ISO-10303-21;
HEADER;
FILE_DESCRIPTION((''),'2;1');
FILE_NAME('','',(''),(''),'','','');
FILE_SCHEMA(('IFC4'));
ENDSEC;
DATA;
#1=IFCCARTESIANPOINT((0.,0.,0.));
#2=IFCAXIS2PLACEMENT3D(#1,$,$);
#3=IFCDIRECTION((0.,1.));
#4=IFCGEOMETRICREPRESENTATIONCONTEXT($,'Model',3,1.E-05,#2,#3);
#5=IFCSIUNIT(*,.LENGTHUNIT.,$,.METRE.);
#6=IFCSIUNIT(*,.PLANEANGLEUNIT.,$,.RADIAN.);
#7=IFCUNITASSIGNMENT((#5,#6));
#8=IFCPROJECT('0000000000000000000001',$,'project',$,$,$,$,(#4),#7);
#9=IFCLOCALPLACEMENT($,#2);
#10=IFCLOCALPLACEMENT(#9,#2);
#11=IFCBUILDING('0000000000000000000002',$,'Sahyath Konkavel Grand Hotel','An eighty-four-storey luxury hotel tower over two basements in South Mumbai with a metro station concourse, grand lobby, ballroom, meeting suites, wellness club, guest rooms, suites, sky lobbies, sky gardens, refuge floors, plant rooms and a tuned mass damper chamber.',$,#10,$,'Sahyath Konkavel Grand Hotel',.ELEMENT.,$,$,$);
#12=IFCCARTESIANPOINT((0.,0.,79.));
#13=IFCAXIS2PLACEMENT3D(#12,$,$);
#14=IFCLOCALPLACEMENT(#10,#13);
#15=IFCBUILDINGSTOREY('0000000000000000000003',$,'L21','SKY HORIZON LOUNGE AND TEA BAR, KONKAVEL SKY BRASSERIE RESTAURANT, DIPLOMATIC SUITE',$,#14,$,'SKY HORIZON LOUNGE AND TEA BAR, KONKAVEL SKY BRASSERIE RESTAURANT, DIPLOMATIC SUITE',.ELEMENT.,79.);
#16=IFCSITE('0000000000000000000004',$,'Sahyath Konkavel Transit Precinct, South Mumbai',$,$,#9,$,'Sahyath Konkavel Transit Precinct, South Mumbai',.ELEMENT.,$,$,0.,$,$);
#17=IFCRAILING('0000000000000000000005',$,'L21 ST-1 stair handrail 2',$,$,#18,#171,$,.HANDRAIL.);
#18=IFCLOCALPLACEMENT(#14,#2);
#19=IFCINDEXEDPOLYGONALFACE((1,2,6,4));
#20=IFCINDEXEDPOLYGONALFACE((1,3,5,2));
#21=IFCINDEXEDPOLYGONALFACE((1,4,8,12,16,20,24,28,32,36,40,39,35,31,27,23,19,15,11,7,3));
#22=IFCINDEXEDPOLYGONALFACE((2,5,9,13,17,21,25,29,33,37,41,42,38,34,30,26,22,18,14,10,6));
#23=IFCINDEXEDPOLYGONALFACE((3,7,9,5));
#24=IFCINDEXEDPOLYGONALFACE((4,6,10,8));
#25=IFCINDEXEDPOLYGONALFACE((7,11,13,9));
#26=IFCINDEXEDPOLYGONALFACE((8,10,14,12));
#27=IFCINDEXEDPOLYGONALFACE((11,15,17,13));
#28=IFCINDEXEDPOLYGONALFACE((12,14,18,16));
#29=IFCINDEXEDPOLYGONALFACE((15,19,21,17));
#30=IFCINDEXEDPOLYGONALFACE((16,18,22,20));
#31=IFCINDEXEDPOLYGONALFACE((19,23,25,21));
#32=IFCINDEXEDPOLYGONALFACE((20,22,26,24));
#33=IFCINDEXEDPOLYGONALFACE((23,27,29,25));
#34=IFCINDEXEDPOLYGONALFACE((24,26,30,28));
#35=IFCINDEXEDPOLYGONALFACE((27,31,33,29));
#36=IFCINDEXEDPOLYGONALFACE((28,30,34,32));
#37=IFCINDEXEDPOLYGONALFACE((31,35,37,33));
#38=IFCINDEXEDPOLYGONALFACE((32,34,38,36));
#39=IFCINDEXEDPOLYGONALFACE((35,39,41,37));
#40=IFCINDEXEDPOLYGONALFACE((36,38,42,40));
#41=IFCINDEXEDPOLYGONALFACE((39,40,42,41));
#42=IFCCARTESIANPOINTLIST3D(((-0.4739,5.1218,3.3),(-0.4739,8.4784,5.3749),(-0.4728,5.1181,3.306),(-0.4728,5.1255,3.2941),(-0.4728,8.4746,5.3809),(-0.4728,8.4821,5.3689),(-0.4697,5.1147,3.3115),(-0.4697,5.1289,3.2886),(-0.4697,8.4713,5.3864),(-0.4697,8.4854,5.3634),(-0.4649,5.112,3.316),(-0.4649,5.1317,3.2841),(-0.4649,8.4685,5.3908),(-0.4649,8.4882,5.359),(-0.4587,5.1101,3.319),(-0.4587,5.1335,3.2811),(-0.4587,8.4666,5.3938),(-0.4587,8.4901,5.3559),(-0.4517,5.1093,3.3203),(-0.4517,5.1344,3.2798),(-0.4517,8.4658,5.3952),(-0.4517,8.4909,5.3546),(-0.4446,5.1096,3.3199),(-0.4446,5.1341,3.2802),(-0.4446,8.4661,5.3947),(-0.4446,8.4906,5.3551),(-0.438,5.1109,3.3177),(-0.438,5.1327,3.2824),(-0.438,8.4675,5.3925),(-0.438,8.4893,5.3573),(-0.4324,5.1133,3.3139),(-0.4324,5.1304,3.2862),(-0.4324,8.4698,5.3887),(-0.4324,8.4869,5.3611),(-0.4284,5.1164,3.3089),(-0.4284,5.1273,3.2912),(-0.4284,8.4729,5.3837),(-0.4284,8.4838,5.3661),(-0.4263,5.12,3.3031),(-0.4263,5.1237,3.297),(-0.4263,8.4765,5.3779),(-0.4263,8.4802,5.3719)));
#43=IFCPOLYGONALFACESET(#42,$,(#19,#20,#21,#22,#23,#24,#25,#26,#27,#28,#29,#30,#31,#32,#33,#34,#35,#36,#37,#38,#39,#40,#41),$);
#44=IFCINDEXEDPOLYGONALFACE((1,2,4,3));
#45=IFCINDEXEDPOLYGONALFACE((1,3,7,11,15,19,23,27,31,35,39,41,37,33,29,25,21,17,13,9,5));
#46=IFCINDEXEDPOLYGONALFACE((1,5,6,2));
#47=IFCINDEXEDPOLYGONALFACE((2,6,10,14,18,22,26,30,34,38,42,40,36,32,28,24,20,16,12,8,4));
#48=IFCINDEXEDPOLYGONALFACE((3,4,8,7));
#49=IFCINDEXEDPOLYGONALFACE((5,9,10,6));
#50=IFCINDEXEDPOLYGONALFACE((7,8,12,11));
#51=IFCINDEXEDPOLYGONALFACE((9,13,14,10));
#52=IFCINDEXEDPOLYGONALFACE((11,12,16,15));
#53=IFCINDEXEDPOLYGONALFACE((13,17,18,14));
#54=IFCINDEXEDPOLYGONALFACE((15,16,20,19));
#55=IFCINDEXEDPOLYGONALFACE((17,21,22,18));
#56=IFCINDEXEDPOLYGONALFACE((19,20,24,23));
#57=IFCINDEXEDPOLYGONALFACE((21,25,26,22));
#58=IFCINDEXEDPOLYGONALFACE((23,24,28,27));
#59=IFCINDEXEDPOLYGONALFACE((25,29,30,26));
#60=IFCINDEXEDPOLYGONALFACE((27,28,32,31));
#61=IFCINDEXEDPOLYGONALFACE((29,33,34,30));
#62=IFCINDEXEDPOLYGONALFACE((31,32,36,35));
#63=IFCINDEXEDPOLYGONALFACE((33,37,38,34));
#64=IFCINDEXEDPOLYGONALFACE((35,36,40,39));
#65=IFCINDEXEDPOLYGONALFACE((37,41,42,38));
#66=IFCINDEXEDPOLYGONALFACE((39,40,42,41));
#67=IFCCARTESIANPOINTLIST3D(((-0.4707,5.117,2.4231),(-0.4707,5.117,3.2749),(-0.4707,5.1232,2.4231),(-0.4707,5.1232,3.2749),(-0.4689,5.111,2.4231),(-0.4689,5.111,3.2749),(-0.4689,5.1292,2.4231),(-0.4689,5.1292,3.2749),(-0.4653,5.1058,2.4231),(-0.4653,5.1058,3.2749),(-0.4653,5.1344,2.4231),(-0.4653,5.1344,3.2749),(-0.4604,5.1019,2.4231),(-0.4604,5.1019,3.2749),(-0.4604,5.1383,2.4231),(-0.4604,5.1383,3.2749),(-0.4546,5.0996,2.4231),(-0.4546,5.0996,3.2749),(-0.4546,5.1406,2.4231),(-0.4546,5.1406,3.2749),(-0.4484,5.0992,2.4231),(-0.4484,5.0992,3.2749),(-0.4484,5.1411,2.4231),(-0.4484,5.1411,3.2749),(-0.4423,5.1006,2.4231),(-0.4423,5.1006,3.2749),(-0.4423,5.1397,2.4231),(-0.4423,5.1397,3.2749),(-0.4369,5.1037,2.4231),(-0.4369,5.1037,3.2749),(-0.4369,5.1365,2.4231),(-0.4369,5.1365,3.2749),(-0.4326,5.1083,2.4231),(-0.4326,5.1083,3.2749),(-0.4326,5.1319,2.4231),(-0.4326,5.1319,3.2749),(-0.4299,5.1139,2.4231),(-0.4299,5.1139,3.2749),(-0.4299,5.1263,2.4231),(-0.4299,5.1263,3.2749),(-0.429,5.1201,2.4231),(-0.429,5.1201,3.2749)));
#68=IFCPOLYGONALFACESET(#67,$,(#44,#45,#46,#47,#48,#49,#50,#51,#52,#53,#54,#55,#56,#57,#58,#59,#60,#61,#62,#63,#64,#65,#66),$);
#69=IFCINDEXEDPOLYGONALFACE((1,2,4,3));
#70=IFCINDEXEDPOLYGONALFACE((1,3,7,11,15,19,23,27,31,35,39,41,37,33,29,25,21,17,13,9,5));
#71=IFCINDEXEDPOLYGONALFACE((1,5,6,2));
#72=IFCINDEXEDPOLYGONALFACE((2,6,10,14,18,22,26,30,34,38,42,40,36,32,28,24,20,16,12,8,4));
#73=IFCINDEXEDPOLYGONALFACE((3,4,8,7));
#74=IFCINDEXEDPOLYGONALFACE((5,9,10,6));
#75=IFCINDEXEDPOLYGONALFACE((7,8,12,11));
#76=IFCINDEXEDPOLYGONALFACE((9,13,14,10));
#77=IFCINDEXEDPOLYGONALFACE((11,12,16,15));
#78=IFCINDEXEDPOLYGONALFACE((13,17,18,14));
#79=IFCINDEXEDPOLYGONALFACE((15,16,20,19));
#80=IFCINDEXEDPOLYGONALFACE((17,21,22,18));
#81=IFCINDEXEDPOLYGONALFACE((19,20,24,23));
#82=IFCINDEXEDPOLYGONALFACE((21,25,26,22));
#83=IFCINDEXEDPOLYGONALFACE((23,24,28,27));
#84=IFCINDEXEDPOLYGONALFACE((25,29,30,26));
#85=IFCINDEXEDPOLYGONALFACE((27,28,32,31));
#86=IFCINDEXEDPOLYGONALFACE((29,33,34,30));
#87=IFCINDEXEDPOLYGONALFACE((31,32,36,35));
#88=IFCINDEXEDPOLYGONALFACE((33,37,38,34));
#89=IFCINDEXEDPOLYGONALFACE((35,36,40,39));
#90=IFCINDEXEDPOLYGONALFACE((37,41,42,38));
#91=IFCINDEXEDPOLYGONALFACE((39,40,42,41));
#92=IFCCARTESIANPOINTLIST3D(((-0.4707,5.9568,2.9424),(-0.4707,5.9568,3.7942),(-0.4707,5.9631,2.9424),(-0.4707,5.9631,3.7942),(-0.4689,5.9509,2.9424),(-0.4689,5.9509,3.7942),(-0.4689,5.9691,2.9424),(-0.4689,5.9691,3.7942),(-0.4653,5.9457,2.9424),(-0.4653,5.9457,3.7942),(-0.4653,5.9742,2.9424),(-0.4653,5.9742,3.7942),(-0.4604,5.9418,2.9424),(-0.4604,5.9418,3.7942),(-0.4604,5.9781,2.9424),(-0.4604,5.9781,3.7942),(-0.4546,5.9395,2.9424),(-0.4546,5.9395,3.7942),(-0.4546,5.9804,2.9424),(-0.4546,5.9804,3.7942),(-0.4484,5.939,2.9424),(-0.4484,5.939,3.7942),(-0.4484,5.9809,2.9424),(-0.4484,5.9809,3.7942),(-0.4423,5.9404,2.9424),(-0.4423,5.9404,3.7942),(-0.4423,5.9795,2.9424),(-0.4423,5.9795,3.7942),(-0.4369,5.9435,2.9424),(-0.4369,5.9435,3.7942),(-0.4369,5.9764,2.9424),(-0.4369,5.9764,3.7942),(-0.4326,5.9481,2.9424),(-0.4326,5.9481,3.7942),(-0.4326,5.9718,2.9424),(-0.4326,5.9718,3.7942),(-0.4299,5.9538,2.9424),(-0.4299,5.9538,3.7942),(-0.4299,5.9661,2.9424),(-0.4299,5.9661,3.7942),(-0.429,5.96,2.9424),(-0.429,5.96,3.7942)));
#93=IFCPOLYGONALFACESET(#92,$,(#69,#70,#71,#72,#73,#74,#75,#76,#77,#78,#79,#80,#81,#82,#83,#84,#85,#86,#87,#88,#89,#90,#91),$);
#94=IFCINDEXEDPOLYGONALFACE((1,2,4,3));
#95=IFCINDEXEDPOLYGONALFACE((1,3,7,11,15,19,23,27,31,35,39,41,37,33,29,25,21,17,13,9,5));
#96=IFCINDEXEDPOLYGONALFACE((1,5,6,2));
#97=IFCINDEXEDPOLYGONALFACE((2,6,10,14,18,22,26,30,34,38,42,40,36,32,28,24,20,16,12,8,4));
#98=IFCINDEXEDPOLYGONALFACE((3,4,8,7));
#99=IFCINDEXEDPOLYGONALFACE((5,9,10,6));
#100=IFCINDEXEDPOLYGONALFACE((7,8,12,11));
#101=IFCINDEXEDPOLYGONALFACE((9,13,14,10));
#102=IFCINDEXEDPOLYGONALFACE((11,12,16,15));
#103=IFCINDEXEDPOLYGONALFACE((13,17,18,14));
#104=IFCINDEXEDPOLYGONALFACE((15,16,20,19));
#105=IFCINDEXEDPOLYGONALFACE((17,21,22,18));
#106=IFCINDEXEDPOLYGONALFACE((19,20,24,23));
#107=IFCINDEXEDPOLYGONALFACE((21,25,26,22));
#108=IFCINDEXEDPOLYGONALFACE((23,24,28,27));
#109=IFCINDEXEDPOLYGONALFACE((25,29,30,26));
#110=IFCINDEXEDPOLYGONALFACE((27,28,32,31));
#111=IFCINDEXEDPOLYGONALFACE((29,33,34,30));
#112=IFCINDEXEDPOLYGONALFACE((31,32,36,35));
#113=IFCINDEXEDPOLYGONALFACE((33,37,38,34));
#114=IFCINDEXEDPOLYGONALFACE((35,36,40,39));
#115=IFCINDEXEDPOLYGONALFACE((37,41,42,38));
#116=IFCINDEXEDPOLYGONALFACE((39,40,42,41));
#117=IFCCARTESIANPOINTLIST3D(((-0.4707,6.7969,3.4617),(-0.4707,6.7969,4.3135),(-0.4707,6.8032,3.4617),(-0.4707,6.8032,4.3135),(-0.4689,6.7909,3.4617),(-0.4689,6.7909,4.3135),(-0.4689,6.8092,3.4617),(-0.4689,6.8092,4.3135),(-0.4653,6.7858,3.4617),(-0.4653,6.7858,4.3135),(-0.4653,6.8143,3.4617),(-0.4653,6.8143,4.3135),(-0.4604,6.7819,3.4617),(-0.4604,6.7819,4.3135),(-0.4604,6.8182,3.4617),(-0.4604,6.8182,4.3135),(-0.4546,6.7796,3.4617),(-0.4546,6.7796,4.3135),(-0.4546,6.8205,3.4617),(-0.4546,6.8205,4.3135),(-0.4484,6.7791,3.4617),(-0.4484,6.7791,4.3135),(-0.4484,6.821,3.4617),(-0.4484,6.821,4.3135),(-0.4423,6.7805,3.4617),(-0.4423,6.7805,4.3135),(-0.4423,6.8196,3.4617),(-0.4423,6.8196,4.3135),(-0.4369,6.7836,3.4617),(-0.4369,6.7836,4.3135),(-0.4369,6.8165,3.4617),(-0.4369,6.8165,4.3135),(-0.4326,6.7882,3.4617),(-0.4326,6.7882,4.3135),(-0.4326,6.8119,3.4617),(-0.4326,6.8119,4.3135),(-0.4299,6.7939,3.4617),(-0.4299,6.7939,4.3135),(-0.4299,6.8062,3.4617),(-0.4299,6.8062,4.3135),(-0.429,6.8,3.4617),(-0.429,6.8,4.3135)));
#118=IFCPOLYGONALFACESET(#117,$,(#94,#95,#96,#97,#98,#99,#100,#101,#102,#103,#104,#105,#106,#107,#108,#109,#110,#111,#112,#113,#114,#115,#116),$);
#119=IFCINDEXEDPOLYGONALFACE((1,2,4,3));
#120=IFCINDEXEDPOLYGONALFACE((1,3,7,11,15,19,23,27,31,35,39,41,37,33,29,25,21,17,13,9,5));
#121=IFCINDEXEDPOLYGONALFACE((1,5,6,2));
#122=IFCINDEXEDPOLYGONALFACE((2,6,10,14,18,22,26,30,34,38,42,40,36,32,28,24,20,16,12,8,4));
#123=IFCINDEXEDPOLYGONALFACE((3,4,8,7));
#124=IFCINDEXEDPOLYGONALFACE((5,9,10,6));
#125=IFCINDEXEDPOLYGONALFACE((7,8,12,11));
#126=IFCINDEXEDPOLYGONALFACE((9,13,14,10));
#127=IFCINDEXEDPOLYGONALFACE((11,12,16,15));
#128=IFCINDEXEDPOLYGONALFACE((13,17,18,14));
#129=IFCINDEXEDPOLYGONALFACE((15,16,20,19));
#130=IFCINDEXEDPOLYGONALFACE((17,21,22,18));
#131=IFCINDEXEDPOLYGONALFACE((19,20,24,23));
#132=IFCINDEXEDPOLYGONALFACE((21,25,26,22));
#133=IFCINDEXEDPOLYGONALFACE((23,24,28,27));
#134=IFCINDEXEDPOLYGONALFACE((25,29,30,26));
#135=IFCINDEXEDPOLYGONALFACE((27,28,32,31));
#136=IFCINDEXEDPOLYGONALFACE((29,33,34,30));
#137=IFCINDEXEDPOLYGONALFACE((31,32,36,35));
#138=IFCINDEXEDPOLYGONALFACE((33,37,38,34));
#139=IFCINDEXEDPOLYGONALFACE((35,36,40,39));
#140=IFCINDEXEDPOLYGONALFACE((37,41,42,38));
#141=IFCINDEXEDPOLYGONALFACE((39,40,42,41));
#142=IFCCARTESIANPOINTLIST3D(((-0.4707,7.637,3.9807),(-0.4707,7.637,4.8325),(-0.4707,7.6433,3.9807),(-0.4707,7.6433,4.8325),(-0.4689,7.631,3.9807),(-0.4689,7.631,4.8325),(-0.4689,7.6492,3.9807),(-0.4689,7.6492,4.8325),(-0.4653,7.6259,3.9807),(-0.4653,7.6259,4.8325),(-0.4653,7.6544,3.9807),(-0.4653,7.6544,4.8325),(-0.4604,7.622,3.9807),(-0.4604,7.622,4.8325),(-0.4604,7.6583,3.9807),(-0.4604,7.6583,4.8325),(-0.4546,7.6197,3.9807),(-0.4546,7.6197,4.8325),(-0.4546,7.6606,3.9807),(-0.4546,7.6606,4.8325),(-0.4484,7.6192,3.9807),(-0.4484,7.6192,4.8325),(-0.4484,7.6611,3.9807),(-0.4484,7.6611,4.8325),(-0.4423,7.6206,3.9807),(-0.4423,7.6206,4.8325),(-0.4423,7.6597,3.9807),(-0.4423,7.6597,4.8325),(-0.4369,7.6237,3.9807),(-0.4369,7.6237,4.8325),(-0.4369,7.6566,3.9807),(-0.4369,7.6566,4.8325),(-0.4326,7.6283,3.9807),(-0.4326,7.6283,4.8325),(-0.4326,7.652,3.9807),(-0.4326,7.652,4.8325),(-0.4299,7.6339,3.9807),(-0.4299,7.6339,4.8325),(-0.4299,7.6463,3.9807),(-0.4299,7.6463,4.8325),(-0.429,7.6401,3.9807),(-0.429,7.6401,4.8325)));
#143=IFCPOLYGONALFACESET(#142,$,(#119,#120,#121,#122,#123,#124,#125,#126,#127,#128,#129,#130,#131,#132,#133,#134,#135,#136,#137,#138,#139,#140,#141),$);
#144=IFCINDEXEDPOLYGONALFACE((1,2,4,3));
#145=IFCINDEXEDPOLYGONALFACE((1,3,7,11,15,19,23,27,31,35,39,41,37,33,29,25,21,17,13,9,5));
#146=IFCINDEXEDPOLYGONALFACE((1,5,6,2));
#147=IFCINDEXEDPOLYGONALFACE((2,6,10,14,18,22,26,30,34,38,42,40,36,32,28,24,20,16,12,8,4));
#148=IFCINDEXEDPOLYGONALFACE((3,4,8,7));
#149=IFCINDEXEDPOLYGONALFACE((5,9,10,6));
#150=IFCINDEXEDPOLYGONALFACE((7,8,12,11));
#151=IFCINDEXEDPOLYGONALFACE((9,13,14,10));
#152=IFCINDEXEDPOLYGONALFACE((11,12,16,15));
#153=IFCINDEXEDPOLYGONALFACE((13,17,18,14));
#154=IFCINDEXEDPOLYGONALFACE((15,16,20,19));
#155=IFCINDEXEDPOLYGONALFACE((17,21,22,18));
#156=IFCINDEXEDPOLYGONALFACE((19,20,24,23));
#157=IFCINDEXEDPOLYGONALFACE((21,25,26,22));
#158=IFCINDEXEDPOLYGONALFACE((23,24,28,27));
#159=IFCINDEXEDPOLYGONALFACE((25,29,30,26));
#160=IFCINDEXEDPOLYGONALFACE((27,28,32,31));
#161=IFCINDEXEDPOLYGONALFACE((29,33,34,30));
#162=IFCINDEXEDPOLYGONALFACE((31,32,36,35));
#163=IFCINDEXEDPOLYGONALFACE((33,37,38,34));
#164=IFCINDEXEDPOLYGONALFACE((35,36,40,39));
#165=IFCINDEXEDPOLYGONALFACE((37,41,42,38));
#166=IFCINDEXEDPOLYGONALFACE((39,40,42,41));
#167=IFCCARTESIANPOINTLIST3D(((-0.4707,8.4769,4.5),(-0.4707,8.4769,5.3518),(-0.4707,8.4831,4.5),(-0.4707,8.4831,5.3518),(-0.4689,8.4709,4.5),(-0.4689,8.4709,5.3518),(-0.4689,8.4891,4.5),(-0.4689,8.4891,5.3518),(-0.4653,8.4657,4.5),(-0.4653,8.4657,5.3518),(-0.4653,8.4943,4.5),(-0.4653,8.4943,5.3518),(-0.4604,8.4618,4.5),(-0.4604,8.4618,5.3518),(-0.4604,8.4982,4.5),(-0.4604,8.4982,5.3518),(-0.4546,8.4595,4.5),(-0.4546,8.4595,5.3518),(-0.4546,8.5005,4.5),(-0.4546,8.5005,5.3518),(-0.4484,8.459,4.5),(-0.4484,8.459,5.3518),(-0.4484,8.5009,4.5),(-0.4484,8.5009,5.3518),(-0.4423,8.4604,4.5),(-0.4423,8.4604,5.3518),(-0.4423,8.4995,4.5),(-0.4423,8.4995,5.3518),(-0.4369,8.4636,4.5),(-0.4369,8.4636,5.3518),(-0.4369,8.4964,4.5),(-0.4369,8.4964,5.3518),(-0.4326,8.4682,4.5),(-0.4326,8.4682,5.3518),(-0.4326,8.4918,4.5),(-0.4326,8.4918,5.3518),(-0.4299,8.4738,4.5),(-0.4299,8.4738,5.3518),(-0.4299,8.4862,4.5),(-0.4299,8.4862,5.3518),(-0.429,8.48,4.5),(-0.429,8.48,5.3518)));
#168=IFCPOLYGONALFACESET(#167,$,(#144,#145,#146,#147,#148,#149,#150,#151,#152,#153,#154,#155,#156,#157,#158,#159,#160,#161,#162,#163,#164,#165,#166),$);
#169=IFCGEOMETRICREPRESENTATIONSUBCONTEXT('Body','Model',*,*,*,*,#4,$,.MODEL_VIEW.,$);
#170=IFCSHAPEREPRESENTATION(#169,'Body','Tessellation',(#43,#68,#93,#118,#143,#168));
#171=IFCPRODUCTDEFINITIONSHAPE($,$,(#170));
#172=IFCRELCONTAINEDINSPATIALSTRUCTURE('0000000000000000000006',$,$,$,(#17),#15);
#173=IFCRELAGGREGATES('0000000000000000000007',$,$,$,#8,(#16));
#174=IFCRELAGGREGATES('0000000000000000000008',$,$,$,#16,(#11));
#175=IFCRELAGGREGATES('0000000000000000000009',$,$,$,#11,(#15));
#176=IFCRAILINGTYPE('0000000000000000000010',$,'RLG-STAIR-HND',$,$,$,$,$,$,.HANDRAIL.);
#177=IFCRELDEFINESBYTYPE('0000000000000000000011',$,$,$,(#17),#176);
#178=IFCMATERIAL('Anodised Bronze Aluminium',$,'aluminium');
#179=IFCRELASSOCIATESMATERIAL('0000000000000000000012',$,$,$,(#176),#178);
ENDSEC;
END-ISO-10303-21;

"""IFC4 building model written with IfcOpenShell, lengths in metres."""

from ifc_helpers import new_model, si_unit, direction, frame, origin, origin_2d, place, context, subcontext, project, spatial, circle, extrude, material, type_object, element, save


model = new_model("IFC4")

# Units and contexts
model_context = context("Model", 3, precision=1e-05, world=origin(), true_north=direction((0.0, 1.0)))
body_context = subcontext(model_context, "Body", "Model", "MODEL_VIEW")
ifc_project = project(units=[si_unit("LENGTHUNIT", "METRE"), si_unit("PLANEANGLEUNIT", "RADIAN")], contexts=[model_context])

# Site, building, storey
site_placement = place(None, origin())
site = spatial("IfcSite", under=ifc_project, at=site_placement, Name="Sahyath Konkavel Transit Precinct, South Mumbai", LongName="Sahyath Konkavel Transit Precinct, South Mumbai", CompositionType="ELEMENT", RefElevation=0.0)
building_placement = place(site_placement, origin())
building = spatial("IfcBuilding", under=site, at=building_placement, Name="Sahyath Konkavel Grand Hotel", Description="An eighty-four-storey luxury hotel tower over two basements in South Mumbai with a metro station concourse, grand lobby, ballroom, meeting suites, wellness club, guest rooms, suites, sky lobbies, sky gardens, refuge floors, plant rooms and a tuned mass damper chamber.", LongName="Sahyath Konkavel Grand Hotel", CompositionType="ELEMENT")
storey_placement = place(building_placement, frame((0.0, 0.0, 79.0)))
storey = spatial("IfcBuildingStorey", under=building, at=storey_placement, Name="L21", Description="SKY HORIZON LOUNGE AND TEA BAR, KONKAVEL SKY BRASSERIE RESTAURANT, DIPLOMATIC SUITE", LongName="SKY HORIZON LOUNGE AND TEA BAR, KONKAVEL SKY BRASSERIE RESTAURANT, DIPLOMATIC SUITE", CompositionType="ELEMENT", Elevation=79.0)

# Railing
ifc_material_1 = material(Name="Anodised Bronze Aluminium", Category="aluminium")
railing_type_1 = type_object("IfcRailingType", Name="RLG-STAIR-HND", PredefinedType="HANDRAIL", material=ifc_material_1)
railing_1_placement = place(storey_placement, frame((-0.45, 5.1201, 2.4231)))
element("IfcRailing", 1, at=railing_1_placement, inside=storey, type_object=railing_type_1, Name="L21 ST-1 stair handrail 2", PredefinedType="HANDRAIL", context=body_context, shape_type="SweptSolid", body=[
    extrude(circle(Radius=0.0239, at=origin_2d()), frame((0.0, 0.0017, 0.877), z_axis=(0.0, 0.850606, 0.525803), x_axis=(-1.0, 0.0, 0.0)), (0.0, 0.0, 1.0), 3.946),
    extrude(circle(Radius=0.021, at=origin_2d()), origin(), (0.0, 0.0, 1.0), 0.8518),
    extrude(circle(Radius=0.021, at=origin_2d()), frame((0.0, 0.8398, 0.5193)), (0.0, 0.0, 1.0), 0.8518),
    extrude(circle(Radius=0.021, at=origin_2d()), frame((0.0, 1.6799, 1.0386)), (0.0, 0.0, 1.0), 0.8518),
    extrude(circle(Radius=0.021, at=origin_2d()), frame((0.0, 2.52, 1.5576)), (0.0, 0.0, 1.0), 0.8518),
    extrude(circle(Radius=0.021, at=origin_2d()), frame((0.0, 3.3599, 2.0769)), (0.0, 0.0, 1.0), 0.8518),
])

save(model, "model.ifc")
